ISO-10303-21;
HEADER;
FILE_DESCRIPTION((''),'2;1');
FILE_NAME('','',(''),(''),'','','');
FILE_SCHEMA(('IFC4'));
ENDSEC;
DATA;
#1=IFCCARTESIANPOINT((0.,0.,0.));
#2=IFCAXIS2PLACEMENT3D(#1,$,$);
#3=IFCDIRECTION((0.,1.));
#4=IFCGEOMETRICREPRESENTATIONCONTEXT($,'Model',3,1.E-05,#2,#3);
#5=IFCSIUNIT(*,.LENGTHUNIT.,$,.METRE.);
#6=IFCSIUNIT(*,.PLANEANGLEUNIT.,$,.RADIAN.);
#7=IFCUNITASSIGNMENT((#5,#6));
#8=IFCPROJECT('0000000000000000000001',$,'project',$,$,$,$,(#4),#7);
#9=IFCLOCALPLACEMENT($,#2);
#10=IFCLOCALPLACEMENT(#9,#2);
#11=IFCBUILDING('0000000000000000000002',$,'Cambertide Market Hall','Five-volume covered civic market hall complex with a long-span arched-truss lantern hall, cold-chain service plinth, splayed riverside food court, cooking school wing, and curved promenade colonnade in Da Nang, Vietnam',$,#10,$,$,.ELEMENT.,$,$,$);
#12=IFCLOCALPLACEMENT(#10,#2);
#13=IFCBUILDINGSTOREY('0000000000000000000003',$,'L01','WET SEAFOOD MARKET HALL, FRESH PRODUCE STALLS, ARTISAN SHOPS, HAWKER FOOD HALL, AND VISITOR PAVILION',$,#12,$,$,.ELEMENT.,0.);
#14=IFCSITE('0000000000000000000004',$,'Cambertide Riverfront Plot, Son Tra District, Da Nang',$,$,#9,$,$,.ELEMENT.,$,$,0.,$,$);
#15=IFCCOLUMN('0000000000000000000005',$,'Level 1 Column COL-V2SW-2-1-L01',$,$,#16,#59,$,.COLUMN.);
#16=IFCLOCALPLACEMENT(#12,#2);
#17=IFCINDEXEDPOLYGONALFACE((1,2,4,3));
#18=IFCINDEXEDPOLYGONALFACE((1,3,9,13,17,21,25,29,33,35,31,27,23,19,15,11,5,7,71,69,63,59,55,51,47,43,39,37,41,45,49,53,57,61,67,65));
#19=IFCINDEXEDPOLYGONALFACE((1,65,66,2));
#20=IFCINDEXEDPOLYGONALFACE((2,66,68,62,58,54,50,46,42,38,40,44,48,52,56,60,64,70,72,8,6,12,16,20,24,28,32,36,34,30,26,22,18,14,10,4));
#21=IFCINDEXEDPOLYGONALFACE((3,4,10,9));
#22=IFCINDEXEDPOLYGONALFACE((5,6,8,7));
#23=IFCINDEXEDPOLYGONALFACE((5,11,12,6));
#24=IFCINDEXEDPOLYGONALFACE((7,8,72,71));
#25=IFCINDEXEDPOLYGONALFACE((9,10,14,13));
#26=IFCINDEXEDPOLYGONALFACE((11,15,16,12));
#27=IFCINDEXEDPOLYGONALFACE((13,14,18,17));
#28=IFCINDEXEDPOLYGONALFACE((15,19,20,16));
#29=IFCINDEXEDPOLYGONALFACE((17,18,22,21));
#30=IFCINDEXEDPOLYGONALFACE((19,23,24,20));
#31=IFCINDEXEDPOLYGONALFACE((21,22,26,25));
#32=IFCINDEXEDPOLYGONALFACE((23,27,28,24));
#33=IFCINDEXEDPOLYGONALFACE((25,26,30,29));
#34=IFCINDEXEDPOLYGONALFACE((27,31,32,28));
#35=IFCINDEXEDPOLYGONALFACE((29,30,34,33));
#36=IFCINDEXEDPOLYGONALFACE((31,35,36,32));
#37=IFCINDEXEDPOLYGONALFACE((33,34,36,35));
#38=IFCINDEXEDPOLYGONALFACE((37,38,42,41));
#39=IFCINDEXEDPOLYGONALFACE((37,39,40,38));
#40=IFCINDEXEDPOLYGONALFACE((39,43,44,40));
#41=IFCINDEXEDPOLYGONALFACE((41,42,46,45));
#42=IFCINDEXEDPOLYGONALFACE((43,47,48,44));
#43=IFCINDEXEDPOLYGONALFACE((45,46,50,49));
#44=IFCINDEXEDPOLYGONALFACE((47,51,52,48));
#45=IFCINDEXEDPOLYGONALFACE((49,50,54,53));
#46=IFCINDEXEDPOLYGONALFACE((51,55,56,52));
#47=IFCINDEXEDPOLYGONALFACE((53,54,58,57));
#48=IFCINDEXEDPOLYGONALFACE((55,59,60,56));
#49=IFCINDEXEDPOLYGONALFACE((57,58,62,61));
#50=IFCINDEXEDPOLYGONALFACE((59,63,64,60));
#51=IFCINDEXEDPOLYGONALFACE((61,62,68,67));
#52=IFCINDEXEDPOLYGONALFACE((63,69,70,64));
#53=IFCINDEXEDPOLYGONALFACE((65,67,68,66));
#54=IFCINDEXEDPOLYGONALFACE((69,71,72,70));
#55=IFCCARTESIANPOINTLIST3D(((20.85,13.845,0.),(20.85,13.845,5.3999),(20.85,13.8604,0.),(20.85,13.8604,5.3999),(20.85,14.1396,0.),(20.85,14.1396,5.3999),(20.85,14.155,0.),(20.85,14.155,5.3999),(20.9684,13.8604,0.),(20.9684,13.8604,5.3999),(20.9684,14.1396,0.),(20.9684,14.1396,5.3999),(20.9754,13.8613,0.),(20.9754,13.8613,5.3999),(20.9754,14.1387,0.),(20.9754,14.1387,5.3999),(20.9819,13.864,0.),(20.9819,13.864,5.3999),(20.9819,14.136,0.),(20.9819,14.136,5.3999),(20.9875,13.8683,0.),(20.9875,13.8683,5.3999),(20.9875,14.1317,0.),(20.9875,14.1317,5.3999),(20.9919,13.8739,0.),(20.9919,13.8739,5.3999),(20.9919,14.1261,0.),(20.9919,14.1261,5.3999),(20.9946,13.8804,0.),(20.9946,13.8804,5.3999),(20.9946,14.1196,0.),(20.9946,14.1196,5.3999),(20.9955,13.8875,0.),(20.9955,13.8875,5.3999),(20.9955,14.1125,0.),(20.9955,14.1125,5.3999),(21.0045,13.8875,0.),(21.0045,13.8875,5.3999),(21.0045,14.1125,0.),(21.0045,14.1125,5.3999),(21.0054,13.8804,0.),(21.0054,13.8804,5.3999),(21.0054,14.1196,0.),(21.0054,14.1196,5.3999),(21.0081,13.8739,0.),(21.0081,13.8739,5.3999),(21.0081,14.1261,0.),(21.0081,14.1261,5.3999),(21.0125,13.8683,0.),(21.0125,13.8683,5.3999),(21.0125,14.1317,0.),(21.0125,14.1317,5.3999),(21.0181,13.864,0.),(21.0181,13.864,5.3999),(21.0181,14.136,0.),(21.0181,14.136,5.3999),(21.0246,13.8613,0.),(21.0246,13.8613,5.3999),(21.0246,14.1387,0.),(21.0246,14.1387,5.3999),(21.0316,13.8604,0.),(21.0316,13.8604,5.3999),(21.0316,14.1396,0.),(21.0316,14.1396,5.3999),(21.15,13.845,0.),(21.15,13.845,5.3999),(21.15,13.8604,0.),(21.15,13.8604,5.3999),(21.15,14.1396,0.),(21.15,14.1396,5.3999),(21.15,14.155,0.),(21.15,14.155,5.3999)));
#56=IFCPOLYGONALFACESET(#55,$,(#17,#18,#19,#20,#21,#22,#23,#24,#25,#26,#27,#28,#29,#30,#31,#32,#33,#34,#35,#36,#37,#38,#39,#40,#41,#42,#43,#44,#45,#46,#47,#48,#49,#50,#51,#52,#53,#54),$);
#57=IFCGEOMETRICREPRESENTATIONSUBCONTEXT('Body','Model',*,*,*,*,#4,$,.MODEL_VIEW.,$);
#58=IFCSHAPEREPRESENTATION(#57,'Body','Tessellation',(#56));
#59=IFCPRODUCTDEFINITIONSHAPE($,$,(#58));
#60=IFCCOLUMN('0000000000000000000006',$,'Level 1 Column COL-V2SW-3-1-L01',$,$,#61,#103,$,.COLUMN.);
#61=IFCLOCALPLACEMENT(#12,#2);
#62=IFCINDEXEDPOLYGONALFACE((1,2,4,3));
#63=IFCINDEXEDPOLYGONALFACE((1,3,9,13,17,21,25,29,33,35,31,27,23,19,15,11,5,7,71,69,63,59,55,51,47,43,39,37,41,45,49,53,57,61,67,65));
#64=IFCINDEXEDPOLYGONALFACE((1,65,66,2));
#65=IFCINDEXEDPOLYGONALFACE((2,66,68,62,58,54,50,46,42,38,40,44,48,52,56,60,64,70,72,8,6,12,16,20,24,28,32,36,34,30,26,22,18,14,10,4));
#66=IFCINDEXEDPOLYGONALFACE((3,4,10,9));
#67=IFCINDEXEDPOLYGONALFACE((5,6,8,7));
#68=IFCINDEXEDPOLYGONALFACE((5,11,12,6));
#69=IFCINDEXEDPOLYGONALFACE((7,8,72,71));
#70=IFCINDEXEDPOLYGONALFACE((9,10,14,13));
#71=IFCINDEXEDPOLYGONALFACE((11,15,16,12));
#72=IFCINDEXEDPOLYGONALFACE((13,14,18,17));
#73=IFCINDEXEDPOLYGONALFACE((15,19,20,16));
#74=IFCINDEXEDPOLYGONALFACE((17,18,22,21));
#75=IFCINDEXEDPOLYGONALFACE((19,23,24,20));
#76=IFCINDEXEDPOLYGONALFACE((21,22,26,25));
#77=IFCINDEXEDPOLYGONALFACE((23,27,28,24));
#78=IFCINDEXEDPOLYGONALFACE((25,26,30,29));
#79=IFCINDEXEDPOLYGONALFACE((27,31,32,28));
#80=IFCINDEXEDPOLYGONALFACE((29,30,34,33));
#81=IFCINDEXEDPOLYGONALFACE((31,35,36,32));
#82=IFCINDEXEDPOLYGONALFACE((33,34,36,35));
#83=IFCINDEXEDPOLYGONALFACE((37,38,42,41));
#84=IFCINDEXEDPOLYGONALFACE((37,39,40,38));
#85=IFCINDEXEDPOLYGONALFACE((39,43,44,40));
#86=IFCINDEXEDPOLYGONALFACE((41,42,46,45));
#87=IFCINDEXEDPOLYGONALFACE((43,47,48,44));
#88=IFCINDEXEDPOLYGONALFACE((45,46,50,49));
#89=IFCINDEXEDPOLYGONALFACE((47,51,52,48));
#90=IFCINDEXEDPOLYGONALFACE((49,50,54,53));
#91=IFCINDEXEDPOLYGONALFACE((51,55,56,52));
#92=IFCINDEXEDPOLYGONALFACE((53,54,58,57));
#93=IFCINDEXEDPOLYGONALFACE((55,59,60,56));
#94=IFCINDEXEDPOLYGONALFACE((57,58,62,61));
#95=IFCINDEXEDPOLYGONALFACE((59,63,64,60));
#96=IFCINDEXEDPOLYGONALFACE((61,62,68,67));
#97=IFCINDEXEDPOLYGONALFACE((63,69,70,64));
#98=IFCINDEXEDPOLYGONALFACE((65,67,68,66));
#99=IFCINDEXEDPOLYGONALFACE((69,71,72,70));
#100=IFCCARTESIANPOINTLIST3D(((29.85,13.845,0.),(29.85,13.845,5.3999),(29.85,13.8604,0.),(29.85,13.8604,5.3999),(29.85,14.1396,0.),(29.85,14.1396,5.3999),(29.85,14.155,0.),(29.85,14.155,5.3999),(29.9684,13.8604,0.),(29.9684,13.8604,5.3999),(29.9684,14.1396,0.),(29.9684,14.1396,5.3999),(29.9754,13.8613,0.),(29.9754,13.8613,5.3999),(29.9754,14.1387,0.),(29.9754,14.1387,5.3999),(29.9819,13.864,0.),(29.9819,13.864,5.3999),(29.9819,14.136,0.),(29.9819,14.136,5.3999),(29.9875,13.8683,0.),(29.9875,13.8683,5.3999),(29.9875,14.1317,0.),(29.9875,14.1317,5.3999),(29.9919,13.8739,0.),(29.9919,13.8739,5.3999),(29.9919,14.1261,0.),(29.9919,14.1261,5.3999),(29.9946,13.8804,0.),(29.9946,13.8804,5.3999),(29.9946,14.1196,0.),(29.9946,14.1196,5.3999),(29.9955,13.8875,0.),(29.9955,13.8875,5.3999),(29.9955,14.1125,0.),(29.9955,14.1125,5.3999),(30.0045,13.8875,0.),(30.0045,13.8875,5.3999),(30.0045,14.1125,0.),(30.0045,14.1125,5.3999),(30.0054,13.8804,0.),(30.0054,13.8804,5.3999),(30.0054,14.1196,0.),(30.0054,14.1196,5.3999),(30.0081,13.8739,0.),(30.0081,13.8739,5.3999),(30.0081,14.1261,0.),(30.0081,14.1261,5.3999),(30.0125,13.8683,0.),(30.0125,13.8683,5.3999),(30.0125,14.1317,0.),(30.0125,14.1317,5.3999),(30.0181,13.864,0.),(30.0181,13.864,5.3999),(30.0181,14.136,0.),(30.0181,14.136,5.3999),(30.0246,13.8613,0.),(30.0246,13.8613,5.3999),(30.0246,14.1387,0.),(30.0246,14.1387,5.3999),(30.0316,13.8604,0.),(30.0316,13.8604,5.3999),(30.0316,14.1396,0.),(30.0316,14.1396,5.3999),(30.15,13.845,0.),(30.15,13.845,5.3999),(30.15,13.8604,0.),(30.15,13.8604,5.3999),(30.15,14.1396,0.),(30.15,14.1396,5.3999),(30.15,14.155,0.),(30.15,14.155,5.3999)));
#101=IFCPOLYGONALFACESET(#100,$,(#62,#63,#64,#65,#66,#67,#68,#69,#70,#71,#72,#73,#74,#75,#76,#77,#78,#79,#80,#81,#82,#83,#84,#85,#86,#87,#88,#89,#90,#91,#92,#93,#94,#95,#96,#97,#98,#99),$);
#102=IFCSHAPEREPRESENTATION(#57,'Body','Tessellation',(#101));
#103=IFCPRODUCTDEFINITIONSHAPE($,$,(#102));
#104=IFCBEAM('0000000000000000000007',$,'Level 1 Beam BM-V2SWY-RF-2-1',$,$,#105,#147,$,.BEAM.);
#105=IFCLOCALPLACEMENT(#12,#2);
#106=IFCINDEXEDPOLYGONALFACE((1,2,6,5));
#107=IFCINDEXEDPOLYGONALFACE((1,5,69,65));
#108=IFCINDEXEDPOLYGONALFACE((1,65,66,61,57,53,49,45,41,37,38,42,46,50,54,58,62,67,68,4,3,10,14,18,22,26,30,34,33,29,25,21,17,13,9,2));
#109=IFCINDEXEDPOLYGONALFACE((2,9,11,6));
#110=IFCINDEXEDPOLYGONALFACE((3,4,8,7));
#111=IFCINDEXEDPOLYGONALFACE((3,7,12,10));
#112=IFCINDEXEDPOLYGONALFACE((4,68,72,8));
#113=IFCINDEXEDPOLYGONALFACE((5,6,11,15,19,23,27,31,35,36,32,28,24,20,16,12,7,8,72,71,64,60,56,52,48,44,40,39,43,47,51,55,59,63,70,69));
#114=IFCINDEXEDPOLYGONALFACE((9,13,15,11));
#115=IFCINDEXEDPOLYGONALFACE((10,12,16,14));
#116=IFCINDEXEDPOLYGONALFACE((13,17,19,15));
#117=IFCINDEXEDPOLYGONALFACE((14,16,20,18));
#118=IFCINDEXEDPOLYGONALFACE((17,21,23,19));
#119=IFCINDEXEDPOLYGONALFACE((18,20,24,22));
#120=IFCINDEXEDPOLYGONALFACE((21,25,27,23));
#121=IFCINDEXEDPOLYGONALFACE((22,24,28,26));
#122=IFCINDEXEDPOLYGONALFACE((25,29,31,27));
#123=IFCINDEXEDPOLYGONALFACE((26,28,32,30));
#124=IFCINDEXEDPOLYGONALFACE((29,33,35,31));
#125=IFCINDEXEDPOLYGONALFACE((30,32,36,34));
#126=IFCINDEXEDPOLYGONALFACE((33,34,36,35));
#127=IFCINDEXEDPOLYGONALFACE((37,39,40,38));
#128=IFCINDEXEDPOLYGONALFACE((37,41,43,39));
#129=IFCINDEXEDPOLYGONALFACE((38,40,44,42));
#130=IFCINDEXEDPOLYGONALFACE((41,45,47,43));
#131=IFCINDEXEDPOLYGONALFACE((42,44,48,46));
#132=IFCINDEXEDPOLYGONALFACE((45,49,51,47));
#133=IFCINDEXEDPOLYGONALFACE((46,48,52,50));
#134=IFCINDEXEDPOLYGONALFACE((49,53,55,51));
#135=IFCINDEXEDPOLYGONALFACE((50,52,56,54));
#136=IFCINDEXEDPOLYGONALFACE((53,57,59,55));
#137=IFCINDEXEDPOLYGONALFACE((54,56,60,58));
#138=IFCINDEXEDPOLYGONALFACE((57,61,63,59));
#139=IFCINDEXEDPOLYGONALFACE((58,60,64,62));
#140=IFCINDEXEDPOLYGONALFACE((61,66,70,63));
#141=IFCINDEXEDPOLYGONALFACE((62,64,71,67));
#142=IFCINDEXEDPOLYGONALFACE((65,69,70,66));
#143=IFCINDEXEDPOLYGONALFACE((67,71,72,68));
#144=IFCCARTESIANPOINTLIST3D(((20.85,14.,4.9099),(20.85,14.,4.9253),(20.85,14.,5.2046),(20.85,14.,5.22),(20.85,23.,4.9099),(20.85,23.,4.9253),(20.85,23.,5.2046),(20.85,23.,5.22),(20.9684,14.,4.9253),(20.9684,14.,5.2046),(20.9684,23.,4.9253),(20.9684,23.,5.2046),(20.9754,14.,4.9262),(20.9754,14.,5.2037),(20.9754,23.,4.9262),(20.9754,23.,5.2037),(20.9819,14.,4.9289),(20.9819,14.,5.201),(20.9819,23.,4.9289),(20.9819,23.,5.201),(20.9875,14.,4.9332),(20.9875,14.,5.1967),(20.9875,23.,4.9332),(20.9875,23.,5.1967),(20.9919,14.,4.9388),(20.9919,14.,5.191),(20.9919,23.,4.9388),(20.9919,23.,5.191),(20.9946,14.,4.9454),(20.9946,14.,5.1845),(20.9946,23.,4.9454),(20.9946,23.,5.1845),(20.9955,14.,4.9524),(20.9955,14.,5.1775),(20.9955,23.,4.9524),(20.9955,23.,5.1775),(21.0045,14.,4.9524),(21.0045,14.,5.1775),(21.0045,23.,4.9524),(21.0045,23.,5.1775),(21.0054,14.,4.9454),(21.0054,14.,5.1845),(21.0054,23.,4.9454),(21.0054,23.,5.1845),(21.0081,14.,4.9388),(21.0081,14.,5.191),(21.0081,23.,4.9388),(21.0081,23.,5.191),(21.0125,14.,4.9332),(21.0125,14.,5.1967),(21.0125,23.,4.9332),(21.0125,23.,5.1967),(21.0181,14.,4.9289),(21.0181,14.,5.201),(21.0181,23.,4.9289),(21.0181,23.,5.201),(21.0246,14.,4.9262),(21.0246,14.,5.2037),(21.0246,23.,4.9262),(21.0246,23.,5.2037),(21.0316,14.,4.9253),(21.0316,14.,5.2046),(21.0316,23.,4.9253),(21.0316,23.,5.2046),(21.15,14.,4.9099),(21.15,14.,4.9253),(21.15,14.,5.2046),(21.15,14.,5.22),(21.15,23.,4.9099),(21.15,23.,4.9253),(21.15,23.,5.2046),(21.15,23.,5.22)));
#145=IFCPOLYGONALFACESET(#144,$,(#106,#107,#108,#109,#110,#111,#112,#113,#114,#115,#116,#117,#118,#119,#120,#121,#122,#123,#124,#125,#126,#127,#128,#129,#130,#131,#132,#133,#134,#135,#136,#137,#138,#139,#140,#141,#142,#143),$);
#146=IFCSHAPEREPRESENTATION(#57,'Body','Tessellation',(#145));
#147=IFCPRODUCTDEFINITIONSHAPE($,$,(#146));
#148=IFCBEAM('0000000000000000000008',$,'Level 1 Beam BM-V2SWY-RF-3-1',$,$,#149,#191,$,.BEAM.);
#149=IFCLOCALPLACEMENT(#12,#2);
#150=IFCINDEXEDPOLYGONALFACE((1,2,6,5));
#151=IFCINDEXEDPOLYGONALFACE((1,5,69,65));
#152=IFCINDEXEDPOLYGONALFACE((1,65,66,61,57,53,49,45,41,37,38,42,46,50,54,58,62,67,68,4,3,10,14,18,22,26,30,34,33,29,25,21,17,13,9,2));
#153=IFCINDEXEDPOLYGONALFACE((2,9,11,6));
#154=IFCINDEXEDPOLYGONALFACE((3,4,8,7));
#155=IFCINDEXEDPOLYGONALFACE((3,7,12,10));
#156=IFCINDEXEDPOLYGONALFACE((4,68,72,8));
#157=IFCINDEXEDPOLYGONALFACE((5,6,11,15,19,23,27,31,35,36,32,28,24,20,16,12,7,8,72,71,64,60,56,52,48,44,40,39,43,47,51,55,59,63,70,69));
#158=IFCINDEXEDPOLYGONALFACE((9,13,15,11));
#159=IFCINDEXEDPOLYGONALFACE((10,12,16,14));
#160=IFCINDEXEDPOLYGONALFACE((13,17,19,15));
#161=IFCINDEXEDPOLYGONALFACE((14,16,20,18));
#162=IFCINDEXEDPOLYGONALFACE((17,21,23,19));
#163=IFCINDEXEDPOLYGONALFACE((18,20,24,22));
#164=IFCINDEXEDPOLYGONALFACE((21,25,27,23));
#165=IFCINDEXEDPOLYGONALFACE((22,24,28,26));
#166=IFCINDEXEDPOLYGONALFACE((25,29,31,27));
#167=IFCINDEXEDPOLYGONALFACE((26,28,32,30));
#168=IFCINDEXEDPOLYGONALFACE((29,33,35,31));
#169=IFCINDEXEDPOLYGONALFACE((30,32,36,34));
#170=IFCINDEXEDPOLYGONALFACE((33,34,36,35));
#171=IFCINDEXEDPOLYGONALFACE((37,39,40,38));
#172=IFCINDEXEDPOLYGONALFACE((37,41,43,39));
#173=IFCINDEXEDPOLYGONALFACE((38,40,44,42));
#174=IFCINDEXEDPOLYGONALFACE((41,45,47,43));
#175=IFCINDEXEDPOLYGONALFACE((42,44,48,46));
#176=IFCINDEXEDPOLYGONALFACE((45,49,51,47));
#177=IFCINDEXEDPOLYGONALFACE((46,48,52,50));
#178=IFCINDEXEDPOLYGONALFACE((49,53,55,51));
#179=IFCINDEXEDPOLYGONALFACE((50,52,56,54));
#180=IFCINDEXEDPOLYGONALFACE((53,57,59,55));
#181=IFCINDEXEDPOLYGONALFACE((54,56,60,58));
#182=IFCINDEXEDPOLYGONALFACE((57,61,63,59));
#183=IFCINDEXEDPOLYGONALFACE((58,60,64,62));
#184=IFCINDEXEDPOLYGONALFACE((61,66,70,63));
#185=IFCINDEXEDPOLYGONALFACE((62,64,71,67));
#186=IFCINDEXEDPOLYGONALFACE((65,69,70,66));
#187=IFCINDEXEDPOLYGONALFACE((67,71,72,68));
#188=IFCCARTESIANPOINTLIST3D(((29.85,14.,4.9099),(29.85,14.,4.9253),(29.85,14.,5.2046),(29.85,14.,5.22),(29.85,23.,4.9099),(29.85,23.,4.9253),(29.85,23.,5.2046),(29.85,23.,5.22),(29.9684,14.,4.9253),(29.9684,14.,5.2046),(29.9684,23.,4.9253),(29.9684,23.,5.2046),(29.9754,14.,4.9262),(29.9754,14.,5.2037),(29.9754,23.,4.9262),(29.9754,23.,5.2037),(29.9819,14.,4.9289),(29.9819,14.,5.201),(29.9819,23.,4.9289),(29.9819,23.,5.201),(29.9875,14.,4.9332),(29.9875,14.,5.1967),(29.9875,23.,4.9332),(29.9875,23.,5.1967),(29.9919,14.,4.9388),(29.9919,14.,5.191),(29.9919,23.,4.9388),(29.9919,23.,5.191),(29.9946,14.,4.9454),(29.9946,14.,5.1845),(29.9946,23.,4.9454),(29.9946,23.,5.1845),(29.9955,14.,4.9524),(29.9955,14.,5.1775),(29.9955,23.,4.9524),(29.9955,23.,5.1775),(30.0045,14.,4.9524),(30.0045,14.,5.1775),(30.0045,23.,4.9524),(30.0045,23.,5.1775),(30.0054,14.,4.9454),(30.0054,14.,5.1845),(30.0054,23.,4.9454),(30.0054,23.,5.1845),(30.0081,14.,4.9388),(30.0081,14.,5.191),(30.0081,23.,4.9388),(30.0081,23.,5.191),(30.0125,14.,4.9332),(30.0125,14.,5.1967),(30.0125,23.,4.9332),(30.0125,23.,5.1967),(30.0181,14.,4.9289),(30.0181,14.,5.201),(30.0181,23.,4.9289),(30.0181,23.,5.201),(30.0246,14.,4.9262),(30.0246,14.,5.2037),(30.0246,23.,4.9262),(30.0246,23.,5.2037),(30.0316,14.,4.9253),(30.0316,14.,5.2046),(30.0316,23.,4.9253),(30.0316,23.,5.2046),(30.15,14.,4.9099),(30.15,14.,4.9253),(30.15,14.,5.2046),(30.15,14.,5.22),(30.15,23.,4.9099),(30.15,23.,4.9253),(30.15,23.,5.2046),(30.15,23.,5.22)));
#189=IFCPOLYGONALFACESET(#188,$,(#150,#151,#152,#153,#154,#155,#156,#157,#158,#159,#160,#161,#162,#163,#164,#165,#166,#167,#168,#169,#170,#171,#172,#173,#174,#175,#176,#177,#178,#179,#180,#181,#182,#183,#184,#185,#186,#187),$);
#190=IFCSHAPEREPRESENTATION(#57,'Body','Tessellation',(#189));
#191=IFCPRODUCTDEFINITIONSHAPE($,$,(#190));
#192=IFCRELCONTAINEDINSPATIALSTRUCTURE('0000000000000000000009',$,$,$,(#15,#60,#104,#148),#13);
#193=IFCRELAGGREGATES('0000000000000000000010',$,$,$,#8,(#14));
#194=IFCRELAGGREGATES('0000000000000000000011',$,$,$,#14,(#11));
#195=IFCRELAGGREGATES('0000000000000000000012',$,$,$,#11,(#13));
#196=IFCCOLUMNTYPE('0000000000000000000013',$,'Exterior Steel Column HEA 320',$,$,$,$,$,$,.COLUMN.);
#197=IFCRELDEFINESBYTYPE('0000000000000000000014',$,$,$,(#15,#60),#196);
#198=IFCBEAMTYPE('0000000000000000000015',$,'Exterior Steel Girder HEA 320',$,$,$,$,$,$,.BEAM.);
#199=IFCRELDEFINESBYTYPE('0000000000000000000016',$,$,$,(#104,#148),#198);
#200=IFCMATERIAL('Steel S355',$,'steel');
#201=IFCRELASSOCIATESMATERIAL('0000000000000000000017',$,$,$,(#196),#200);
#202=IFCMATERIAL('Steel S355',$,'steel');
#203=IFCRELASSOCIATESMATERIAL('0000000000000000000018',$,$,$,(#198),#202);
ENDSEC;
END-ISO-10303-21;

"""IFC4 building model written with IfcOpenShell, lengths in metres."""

from ifc_helpers import new_model, si_unit, direction, frame, origin, origin_2d, place, context, subcontext, project, spatial, i_section, extrude, material, material_profile, profile_set, type_object, element, save


model = new_model("IFC4")

# Units and contexts
model_context = context("Model", 3, precision=1e-05, world=origin(), true_north=direction((0.0, 1.0)))
body_context = subcontext(model_context, "Body", "Model", "MODEL_VIEW")
ifc_project = project(units=[si_unit("LENGTHUNIT", "METRE"), si_unit("PLANEANGLEUNIT", "RADIAN")], contexts=[model_context])

# Site, building, storey
site_placement = place(None, origin())
site = spatial("IfcSite", under=ifc_project, at=site_placement, Name="Cambertide Riverfront Plot, Son Tra District, Da Nang", CompositionType="ELEMENT", RefElevation=0.0)
building_placement = place(site_placement, origin())
building = spatial("IfcBuilding", under=site, at=building_placement, Name="Cambertide Market Hall", Description="Five-volume covered civic market hall complex with a long-span arched-truss lantern hall, cold-chain service plinth, splayed riverside food court, cooking school wing, and curved promenade colonnade in Da Nang, Vietnam", CompositionType="ELEMENT")
storey_placement = place(building_placement, origin())
storey = spatial("IfcBuildingStorey", under=building, at=storey_placement, Name="L01", Description="WET SEAFOOD MARKET HALL, FRESH PRODUCE STALLS, ARTISAN SHOPS, HAWKER FOOD HALL, AND VISITOR PAVILION", CompositionType="ELEMENT", Elevation=0.0)

# Columns
ifc_material_1 = material(Name="Steel S355", Category="steel")
ifc_material_profile_1 = material_profile(ifc_material_1, i_section(OverallWidth=0.3, OverallDepth=0.3101, WebThickness=0.009, FlangeThickness=0.0154, FilletRadius=0.0271, at=origin_2d()), Name="HEA 320")
ifc_profile_set_1 = profile_set([ifc_material_profile_1], Name="Steel S355")
column_type = type_object("IfcColumnType", Name="Exterior Steel Column HEA 320", PredefinedType="COLUMN", material=ifc_profile_set_1)
for number, where, z_axis, x_axis, name in (
    (1, (21.0, 14.0, 0.0), (0.0, 0.0, 1.0), (1.0, 0.0, 0.0), "Level 1 Column COL-V2SW-2-1-L01"),
    (2, (30.0, 14.0, 0.0), (0.0, 0.0, 1.0), (1.0, 0.0, 0.0), "Level 1 Column COL-V2SW-3-1-L01"),
):
    element("IfcColumn", number, at=place(storey_placement, frame(where, z_axis=z_axis, x_axis=x_axis)), inside=storey, type_object=column_type, Name=name, PredefinedType="COLUMN", context=body_context, shape_type="SweptSolid", body=[
        extrude(i_section(OverallWidth=0.3, OverallDepth=0.3101, WebThickness=0.009, FlangeThickness=0.0154, FilletRadius=0.0271, at=origin_2d()), origin(), (0.0, 0.0, 1.0), 5.3999),
    ])

# Beams
ifc_material_2 = material(Name="Steel S355", Category="steel")
ifc_material_profile_2 = material_profile(ifc_material_2, i_section(OverallWidth=0.3, OverallDepth=0.3101, WebThickness=0.009, FlangeThickness=0.0154, FilletRadius=0.0271, at=origin_2d()), Name="HEA 320")
ifc_profile_set_2 = profile_set([ifc_material_profile_2], Name="Steel S355")
beam_type_1 = type_object("IfcBeamType", Name="Exterior Steel Girder HEA 320", PredefinedType="BEAM", material=ifc_profile_set_2)
for number, where, z_axis, x_axis, name in (
    (3, (21.0, 14.0, 5.0649), (0.0, 1.0, 0.0), (-1.0, 0.0, 0.0), "Level 1 Beam BM-V2SWY-RF-2-1"),
    (4, (30.0, 14.0, 5.0649), (0.0, 1.0, 0.0), (-1.0, 0.0, 0.0), "Level 1 Beam BM-V2SWY-RF-3-1"),
):
    element("IfcBeam", number, at=place(storey_placement, frame(where, z_axis=z_axis, x_axis=x_axis)), inside=storey, type_object=beam_type_1, Name=name, PredefinedType="BEAM", context=body_context, shape_type="SweptSolid", body=[
        extrude(i_section(OverallWidth=0.3, OverallDepth=0.3101, WebThickness=0.009, FlangeThickness=0.0154, FilletRadius=0.0271, at=origin_2d()), origin(), (0.0, 0.0, 1.0), 9.0),
    ])

save(model, "model.ifc")
